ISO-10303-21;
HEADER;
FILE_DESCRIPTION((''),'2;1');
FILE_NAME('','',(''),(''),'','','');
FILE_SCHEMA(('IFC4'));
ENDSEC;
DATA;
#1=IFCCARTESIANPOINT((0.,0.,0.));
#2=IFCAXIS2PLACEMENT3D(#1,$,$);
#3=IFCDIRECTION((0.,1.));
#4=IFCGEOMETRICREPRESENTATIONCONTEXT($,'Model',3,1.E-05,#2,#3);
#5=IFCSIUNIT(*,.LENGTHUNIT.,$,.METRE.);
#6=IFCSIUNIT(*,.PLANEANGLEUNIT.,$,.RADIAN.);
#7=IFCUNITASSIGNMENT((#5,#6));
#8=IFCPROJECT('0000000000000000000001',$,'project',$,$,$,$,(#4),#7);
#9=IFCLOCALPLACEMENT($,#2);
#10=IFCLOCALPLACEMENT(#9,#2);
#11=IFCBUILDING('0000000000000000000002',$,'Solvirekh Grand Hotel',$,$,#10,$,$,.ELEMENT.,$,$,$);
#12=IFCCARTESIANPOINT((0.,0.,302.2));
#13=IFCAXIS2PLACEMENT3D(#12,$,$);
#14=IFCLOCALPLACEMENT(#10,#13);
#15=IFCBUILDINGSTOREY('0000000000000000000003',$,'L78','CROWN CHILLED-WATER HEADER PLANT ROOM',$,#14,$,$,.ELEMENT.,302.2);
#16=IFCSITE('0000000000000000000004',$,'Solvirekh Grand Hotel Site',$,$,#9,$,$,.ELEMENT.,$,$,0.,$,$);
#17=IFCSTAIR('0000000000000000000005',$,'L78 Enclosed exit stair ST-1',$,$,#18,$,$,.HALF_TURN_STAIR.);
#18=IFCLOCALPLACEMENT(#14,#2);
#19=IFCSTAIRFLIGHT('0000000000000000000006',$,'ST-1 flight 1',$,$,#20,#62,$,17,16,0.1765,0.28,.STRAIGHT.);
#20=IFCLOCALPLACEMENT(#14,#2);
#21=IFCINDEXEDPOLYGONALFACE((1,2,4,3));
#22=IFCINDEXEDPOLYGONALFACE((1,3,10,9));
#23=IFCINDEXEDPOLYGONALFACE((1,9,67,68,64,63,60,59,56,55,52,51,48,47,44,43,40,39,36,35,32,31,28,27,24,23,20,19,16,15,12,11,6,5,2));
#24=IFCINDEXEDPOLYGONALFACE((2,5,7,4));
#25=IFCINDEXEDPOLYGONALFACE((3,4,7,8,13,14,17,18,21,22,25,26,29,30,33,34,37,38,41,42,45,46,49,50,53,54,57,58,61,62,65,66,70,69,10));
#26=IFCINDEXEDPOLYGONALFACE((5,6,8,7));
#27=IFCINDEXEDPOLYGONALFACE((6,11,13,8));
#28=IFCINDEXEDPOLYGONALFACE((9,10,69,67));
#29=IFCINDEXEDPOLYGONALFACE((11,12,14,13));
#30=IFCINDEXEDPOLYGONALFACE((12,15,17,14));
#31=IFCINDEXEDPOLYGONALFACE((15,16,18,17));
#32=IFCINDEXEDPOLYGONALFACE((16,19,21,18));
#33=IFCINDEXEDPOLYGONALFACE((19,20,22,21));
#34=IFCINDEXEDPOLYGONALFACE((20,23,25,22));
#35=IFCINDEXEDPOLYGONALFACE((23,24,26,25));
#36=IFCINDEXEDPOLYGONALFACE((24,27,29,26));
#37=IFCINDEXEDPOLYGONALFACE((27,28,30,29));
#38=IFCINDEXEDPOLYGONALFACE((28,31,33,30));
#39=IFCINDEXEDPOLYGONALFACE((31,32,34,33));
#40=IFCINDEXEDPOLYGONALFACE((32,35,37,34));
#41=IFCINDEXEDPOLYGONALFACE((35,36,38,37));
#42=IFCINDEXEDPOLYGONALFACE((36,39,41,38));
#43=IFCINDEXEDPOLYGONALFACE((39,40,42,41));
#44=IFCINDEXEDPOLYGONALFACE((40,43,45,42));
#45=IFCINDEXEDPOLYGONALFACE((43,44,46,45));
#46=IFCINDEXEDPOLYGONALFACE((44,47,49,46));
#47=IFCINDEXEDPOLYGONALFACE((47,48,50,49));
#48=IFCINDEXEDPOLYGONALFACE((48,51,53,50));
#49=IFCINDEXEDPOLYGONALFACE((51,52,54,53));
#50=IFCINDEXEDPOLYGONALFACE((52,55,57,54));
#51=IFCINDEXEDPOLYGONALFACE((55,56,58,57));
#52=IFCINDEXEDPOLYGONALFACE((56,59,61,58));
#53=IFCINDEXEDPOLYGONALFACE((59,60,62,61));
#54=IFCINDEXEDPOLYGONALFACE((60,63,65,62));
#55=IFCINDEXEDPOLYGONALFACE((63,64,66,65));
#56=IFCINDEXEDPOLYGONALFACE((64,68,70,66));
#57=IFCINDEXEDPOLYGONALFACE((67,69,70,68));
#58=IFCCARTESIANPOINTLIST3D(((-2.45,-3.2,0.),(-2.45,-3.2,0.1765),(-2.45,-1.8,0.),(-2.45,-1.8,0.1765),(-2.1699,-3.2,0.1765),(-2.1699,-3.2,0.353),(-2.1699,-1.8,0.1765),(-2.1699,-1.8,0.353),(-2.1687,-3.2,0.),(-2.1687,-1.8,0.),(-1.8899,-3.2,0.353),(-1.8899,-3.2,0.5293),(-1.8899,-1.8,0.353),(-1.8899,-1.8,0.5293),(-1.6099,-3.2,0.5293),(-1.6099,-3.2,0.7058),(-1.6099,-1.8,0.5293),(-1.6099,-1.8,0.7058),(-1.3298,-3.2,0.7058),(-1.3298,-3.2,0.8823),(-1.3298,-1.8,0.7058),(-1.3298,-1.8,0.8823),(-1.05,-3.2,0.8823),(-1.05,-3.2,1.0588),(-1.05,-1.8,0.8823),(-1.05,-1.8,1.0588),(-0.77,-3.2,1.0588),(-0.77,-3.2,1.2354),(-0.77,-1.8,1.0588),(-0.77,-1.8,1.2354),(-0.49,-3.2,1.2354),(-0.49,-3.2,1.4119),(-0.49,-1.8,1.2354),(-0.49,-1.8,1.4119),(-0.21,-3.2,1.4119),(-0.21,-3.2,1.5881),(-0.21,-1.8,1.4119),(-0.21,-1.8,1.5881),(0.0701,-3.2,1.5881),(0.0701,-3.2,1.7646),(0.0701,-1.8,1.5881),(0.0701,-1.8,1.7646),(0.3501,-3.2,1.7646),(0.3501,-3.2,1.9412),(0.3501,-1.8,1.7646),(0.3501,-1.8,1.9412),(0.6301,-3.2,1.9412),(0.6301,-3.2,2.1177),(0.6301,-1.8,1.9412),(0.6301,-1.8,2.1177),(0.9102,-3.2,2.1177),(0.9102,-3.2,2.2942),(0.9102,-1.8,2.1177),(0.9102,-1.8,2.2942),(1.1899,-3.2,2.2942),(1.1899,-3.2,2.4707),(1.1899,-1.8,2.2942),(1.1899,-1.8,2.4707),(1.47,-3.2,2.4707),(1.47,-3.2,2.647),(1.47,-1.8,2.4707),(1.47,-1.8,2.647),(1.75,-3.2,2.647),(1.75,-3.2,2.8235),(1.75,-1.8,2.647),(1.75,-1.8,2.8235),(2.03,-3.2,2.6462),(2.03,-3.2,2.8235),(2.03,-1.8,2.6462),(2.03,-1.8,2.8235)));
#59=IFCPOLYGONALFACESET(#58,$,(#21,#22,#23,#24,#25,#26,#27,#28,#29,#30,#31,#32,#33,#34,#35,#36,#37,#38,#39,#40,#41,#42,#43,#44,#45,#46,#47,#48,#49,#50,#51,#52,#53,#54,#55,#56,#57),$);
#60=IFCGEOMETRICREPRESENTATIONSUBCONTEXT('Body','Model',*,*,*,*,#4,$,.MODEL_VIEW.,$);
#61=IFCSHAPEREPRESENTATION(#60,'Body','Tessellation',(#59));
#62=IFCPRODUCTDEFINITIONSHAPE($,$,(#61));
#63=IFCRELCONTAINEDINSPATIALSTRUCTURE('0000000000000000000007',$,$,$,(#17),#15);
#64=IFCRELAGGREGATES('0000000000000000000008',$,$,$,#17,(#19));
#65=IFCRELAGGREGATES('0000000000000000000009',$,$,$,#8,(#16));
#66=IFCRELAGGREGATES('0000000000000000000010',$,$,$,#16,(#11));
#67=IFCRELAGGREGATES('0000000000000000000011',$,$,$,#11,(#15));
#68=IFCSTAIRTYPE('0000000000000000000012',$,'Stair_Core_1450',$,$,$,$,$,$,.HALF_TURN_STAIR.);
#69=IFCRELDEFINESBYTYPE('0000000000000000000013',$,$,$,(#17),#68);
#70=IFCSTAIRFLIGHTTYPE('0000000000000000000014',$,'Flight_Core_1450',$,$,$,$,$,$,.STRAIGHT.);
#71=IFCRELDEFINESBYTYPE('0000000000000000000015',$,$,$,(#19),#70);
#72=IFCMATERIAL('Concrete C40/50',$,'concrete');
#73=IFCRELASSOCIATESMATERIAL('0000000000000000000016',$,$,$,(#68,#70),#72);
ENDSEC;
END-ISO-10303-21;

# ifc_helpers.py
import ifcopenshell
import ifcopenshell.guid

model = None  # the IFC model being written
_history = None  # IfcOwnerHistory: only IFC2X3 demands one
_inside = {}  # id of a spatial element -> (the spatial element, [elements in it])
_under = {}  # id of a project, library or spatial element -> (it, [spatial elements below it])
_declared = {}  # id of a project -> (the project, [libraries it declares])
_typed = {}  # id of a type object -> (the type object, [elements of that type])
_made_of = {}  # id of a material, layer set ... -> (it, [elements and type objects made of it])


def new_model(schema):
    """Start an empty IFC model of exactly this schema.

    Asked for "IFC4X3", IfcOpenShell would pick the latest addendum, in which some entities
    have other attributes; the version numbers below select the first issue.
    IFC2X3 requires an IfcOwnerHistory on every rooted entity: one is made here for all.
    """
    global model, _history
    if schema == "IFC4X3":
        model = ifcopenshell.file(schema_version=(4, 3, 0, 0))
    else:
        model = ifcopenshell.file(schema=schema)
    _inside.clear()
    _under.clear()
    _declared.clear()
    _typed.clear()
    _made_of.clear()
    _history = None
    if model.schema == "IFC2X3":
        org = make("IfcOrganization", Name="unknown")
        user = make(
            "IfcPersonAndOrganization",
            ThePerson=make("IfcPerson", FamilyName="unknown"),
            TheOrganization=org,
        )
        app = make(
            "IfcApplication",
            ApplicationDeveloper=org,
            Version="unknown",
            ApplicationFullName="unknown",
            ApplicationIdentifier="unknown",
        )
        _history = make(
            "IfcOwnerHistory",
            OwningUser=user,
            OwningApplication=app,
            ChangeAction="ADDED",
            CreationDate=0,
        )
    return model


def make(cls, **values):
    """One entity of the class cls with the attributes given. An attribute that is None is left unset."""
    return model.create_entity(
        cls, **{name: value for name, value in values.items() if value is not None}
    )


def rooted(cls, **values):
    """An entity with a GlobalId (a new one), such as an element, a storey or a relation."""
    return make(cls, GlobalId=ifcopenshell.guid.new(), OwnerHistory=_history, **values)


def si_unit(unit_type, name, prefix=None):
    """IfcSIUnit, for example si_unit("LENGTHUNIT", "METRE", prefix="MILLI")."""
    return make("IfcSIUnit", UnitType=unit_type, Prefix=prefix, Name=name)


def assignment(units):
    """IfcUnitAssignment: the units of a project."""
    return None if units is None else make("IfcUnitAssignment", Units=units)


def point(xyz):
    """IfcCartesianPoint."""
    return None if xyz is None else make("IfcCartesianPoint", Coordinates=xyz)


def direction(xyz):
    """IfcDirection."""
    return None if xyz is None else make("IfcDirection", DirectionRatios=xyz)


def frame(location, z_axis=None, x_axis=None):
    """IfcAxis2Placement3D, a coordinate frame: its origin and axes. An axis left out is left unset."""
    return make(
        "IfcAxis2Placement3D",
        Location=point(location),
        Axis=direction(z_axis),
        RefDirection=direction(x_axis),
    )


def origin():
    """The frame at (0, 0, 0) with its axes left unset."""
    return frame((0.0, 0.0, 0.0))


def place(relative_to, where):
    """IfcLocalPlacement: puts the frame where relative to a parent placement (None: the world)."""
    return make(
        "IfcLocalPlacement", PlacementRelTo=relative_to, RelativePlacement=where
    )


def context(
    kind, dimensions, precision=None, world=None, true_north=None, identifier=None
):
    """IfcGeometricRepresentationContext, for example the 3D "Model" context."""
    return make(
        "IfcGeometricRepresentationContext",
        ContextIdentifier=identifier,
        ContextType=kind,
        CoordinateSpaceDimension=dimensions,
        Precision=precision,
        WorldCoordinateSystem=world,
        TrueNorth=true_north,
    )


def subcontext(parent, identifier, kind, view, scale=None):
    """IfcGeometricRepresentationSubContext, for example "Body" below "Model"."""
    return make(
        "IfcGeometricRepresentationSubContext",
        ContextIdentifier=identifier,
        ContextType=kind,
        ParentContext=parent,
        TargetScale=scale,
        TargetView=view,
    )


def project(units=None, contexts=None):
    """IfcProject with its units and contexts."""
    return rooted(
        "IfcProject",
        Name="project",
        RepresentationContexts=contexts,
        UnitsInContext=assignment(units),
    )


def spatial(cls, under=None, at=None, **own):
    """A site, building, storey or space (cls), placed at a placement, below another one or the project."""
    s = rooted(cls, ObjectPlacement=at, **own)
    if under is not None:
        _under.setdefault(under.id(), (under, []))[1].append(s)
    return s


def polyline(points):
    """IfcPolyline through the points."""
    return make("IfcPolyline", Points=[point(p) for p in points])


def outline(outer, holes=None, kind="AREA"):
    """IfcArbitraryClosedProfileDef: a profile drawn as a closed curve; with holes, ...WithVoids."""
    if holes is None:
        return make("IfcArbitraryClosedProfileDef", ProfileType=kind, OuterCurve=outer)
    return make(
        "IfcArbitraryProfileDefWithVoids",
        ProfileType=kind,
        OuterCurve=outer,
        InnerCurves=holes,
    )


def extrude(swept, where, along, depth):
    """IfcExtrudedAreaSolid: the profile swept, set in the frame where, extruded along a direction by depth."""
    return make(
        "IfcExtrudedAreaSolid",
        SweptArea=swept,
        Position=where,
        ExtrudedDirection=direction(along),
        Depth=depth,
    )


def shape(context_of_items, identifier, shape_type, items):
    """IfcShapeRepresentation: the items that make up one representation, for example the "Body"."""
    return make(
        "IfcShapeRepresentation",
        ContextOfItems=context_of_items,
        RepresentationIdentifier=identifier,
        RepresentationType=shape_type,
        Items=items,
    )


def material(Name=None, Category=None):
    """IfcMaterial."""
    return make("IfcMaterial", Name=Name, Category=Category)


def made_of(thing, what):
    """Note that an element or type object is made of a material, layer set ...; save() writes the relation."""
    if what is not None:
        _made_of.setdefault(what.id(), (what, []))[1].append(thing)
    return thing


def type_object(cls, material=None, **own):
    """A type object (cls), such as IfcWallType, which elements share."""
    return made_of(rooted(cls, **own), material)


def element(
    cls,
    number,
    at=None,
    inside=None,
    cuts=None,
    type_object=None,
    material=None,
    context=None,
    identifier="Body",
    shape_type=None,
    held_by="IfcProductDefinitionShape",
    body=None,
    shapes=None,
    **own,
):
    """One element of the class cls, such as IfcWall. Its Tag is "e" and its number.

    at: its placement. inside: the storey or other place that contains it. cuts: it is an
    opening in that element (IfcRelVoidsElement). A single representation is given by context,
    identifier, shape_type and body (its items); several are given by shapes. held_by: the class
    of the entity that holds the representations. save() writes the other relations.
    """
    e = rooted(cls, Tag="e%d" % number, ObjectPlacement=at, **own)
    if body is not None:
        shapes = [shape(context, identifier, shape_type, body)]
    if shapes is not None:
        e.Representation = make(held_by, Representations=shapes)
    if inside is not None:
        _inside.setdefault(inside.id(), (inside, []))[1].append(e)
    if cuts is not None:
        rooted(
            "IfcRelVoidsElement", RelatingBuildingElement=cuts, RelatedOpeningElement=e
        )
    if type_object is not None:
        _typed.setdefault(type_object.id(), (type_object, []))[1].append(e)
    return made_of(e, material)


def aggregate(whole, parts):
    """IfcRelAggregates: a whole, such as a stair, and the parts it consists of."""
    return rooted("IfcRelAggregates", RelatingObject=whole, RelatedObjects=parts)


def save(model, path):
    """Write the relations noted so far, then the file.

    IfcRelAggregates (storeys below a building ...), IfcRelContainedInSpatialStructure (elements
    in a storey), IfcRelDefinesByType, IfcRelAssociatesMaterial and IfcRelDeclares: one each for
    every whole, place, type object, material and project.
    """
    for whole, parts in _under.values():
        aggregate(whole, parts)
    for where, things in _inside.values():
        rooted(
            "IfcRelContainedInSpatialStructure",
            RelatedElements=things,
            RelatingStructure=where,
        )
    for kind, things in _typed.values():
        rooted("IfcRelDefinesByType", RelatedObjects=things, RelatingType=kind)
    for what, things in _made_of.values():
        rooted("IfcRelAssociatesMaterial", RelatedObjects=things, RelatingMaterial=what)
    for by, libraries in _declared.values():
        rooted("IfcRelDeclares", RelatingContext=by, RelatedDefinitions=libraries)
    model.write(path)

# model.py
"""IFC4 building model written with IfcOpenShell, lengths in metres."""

from ifc_helpers import new_model, si_unit, direction, frame, origin, place, context, subcontext, project, spatial, polyline, outline, extrude, material, type_object, element, aggregate, save


model = new_model("IFC4")

# Units and contexts
model_context = context("Model", 3, precision=1e-05, world=origin(), true_north=direction((0.0, 1.0)))
body_context = subcontext(model_context, "Body", "Model", "MODEL_VIEW")
ifc_project = project(units=[si_unit("LENGTHUNIT", "METRE"), si_unit("PLANEANGLEUNIT", "RADIAN")], contexts=[model_context])

# Site, building, storey
site_placement = place(None, origin())
site = spatial("IfcSite", under=ifc_project, at=site_placement, Name="Solvirekh Grand Hotel Site", CompositionType="ELEMENT", RefElevation=0.0)
building_placement = place(site_placement, origin())
building = spatial("IfcBuilding", under=site, at=building_placement, Name="Solvirekh Grand Hotel", CompositionType="ELEMENT")
storey_placement = place(building_placement, frame((0.0, 0.0, 302.2)))
storey = spatial("IfcBuildingStorey", under=building, at=storey_placement, Name="L78", Description="CROWN CHILLED-WATER HEADER PLANT ROOM", CompositionType="ELEMENT", Elevation=302.2)

# Shared definitions
ifc_material_1 = material(Name="Concrete C40/50", Category="concrete")

# Stair, stair flight
stair_type = type_object("IfcStairType", Name="Stair_Core_1450", PredefinedType="HALF_TURN_STAIR", material=ifc_material_1)
stair_placement = place(storey_placement, origin())
stair = element("IfcStair", 1, at=stair_placement, inside=storey, type_object=stair_type, Name="L78 Enclosed exit stair ST-1", PredefinedType="HALF_TURN_STAIR")
stair_flight_type = type_object("IfcStairFlightType", Name="Flight_Core_1450", PredefinedType="STRAIGHT", material=ifc_material_1)
stair_flight_placement = place(storey_placement, frame((-2.45, -2.5, 0.0), z_axis=(0.0, 0.0, 1.0), x_axis=(1.0, 0.0, 0.0)))
stair_flight = element("IfcStairFlight", 2, at=stair_flight_placement, type_object=stair_flight_type, Name="ST-1 flight 1", NumberOfRisers=17, NumberOfTreads=16, PredefinedType="STRAIGHT", RiserHeight=0.1765, TreadLength=0.28, context=body_context, shape_type="SweptSolid", body=[
    extrude(outline(polyline([(0.0, 0.0), (0.0, 0.1765), (0.28, 0.1765), (0.28, 0.353), (0.5601, 0.353), (0.5601, 0.5293), (0.8401, 0.5293), (0.8401, 0.7058), (1.1201, 0.7058), (1.1201, 0.8823), (1.3999, 0.8823), (1.3999, 1.0588), (1.6799, 1.0588), (1.6799, 1.2354), (1.96, 1.2354), (1.96, 1.4119), (2.24, 1.4119), (2.24, 1.5881), (2.52, 1.5881), (2.52, 1.7646), (2.8, 1.7646), (2.8, 1.9412), (3.0801, 1.9412), (3.0801, 2.1177), (3.3601, 2.1177), (3.3601, 2.2942), (3.6399, 2.2942), (3.6399, 2.4707), (3.9199, 2.4707), (3.9199, 2.647), (4.2, 2.647), (4.2, 2.8235), (4.48, 2.8235), (4.48, 3.0), (4.48, 2.6462), (0.2812, 0.0), (0.0, 0.0)])), frame((0.0, 0.7, 0.0), z_axis=(0.0, -1.0, 0.0), x_axis=(1.0, 0.0, 0.0)), (0.0, 0.0, 1.0), 1.3999),
])
aggregate(stair, [stair_flight])

save(model, "model.ifc")
